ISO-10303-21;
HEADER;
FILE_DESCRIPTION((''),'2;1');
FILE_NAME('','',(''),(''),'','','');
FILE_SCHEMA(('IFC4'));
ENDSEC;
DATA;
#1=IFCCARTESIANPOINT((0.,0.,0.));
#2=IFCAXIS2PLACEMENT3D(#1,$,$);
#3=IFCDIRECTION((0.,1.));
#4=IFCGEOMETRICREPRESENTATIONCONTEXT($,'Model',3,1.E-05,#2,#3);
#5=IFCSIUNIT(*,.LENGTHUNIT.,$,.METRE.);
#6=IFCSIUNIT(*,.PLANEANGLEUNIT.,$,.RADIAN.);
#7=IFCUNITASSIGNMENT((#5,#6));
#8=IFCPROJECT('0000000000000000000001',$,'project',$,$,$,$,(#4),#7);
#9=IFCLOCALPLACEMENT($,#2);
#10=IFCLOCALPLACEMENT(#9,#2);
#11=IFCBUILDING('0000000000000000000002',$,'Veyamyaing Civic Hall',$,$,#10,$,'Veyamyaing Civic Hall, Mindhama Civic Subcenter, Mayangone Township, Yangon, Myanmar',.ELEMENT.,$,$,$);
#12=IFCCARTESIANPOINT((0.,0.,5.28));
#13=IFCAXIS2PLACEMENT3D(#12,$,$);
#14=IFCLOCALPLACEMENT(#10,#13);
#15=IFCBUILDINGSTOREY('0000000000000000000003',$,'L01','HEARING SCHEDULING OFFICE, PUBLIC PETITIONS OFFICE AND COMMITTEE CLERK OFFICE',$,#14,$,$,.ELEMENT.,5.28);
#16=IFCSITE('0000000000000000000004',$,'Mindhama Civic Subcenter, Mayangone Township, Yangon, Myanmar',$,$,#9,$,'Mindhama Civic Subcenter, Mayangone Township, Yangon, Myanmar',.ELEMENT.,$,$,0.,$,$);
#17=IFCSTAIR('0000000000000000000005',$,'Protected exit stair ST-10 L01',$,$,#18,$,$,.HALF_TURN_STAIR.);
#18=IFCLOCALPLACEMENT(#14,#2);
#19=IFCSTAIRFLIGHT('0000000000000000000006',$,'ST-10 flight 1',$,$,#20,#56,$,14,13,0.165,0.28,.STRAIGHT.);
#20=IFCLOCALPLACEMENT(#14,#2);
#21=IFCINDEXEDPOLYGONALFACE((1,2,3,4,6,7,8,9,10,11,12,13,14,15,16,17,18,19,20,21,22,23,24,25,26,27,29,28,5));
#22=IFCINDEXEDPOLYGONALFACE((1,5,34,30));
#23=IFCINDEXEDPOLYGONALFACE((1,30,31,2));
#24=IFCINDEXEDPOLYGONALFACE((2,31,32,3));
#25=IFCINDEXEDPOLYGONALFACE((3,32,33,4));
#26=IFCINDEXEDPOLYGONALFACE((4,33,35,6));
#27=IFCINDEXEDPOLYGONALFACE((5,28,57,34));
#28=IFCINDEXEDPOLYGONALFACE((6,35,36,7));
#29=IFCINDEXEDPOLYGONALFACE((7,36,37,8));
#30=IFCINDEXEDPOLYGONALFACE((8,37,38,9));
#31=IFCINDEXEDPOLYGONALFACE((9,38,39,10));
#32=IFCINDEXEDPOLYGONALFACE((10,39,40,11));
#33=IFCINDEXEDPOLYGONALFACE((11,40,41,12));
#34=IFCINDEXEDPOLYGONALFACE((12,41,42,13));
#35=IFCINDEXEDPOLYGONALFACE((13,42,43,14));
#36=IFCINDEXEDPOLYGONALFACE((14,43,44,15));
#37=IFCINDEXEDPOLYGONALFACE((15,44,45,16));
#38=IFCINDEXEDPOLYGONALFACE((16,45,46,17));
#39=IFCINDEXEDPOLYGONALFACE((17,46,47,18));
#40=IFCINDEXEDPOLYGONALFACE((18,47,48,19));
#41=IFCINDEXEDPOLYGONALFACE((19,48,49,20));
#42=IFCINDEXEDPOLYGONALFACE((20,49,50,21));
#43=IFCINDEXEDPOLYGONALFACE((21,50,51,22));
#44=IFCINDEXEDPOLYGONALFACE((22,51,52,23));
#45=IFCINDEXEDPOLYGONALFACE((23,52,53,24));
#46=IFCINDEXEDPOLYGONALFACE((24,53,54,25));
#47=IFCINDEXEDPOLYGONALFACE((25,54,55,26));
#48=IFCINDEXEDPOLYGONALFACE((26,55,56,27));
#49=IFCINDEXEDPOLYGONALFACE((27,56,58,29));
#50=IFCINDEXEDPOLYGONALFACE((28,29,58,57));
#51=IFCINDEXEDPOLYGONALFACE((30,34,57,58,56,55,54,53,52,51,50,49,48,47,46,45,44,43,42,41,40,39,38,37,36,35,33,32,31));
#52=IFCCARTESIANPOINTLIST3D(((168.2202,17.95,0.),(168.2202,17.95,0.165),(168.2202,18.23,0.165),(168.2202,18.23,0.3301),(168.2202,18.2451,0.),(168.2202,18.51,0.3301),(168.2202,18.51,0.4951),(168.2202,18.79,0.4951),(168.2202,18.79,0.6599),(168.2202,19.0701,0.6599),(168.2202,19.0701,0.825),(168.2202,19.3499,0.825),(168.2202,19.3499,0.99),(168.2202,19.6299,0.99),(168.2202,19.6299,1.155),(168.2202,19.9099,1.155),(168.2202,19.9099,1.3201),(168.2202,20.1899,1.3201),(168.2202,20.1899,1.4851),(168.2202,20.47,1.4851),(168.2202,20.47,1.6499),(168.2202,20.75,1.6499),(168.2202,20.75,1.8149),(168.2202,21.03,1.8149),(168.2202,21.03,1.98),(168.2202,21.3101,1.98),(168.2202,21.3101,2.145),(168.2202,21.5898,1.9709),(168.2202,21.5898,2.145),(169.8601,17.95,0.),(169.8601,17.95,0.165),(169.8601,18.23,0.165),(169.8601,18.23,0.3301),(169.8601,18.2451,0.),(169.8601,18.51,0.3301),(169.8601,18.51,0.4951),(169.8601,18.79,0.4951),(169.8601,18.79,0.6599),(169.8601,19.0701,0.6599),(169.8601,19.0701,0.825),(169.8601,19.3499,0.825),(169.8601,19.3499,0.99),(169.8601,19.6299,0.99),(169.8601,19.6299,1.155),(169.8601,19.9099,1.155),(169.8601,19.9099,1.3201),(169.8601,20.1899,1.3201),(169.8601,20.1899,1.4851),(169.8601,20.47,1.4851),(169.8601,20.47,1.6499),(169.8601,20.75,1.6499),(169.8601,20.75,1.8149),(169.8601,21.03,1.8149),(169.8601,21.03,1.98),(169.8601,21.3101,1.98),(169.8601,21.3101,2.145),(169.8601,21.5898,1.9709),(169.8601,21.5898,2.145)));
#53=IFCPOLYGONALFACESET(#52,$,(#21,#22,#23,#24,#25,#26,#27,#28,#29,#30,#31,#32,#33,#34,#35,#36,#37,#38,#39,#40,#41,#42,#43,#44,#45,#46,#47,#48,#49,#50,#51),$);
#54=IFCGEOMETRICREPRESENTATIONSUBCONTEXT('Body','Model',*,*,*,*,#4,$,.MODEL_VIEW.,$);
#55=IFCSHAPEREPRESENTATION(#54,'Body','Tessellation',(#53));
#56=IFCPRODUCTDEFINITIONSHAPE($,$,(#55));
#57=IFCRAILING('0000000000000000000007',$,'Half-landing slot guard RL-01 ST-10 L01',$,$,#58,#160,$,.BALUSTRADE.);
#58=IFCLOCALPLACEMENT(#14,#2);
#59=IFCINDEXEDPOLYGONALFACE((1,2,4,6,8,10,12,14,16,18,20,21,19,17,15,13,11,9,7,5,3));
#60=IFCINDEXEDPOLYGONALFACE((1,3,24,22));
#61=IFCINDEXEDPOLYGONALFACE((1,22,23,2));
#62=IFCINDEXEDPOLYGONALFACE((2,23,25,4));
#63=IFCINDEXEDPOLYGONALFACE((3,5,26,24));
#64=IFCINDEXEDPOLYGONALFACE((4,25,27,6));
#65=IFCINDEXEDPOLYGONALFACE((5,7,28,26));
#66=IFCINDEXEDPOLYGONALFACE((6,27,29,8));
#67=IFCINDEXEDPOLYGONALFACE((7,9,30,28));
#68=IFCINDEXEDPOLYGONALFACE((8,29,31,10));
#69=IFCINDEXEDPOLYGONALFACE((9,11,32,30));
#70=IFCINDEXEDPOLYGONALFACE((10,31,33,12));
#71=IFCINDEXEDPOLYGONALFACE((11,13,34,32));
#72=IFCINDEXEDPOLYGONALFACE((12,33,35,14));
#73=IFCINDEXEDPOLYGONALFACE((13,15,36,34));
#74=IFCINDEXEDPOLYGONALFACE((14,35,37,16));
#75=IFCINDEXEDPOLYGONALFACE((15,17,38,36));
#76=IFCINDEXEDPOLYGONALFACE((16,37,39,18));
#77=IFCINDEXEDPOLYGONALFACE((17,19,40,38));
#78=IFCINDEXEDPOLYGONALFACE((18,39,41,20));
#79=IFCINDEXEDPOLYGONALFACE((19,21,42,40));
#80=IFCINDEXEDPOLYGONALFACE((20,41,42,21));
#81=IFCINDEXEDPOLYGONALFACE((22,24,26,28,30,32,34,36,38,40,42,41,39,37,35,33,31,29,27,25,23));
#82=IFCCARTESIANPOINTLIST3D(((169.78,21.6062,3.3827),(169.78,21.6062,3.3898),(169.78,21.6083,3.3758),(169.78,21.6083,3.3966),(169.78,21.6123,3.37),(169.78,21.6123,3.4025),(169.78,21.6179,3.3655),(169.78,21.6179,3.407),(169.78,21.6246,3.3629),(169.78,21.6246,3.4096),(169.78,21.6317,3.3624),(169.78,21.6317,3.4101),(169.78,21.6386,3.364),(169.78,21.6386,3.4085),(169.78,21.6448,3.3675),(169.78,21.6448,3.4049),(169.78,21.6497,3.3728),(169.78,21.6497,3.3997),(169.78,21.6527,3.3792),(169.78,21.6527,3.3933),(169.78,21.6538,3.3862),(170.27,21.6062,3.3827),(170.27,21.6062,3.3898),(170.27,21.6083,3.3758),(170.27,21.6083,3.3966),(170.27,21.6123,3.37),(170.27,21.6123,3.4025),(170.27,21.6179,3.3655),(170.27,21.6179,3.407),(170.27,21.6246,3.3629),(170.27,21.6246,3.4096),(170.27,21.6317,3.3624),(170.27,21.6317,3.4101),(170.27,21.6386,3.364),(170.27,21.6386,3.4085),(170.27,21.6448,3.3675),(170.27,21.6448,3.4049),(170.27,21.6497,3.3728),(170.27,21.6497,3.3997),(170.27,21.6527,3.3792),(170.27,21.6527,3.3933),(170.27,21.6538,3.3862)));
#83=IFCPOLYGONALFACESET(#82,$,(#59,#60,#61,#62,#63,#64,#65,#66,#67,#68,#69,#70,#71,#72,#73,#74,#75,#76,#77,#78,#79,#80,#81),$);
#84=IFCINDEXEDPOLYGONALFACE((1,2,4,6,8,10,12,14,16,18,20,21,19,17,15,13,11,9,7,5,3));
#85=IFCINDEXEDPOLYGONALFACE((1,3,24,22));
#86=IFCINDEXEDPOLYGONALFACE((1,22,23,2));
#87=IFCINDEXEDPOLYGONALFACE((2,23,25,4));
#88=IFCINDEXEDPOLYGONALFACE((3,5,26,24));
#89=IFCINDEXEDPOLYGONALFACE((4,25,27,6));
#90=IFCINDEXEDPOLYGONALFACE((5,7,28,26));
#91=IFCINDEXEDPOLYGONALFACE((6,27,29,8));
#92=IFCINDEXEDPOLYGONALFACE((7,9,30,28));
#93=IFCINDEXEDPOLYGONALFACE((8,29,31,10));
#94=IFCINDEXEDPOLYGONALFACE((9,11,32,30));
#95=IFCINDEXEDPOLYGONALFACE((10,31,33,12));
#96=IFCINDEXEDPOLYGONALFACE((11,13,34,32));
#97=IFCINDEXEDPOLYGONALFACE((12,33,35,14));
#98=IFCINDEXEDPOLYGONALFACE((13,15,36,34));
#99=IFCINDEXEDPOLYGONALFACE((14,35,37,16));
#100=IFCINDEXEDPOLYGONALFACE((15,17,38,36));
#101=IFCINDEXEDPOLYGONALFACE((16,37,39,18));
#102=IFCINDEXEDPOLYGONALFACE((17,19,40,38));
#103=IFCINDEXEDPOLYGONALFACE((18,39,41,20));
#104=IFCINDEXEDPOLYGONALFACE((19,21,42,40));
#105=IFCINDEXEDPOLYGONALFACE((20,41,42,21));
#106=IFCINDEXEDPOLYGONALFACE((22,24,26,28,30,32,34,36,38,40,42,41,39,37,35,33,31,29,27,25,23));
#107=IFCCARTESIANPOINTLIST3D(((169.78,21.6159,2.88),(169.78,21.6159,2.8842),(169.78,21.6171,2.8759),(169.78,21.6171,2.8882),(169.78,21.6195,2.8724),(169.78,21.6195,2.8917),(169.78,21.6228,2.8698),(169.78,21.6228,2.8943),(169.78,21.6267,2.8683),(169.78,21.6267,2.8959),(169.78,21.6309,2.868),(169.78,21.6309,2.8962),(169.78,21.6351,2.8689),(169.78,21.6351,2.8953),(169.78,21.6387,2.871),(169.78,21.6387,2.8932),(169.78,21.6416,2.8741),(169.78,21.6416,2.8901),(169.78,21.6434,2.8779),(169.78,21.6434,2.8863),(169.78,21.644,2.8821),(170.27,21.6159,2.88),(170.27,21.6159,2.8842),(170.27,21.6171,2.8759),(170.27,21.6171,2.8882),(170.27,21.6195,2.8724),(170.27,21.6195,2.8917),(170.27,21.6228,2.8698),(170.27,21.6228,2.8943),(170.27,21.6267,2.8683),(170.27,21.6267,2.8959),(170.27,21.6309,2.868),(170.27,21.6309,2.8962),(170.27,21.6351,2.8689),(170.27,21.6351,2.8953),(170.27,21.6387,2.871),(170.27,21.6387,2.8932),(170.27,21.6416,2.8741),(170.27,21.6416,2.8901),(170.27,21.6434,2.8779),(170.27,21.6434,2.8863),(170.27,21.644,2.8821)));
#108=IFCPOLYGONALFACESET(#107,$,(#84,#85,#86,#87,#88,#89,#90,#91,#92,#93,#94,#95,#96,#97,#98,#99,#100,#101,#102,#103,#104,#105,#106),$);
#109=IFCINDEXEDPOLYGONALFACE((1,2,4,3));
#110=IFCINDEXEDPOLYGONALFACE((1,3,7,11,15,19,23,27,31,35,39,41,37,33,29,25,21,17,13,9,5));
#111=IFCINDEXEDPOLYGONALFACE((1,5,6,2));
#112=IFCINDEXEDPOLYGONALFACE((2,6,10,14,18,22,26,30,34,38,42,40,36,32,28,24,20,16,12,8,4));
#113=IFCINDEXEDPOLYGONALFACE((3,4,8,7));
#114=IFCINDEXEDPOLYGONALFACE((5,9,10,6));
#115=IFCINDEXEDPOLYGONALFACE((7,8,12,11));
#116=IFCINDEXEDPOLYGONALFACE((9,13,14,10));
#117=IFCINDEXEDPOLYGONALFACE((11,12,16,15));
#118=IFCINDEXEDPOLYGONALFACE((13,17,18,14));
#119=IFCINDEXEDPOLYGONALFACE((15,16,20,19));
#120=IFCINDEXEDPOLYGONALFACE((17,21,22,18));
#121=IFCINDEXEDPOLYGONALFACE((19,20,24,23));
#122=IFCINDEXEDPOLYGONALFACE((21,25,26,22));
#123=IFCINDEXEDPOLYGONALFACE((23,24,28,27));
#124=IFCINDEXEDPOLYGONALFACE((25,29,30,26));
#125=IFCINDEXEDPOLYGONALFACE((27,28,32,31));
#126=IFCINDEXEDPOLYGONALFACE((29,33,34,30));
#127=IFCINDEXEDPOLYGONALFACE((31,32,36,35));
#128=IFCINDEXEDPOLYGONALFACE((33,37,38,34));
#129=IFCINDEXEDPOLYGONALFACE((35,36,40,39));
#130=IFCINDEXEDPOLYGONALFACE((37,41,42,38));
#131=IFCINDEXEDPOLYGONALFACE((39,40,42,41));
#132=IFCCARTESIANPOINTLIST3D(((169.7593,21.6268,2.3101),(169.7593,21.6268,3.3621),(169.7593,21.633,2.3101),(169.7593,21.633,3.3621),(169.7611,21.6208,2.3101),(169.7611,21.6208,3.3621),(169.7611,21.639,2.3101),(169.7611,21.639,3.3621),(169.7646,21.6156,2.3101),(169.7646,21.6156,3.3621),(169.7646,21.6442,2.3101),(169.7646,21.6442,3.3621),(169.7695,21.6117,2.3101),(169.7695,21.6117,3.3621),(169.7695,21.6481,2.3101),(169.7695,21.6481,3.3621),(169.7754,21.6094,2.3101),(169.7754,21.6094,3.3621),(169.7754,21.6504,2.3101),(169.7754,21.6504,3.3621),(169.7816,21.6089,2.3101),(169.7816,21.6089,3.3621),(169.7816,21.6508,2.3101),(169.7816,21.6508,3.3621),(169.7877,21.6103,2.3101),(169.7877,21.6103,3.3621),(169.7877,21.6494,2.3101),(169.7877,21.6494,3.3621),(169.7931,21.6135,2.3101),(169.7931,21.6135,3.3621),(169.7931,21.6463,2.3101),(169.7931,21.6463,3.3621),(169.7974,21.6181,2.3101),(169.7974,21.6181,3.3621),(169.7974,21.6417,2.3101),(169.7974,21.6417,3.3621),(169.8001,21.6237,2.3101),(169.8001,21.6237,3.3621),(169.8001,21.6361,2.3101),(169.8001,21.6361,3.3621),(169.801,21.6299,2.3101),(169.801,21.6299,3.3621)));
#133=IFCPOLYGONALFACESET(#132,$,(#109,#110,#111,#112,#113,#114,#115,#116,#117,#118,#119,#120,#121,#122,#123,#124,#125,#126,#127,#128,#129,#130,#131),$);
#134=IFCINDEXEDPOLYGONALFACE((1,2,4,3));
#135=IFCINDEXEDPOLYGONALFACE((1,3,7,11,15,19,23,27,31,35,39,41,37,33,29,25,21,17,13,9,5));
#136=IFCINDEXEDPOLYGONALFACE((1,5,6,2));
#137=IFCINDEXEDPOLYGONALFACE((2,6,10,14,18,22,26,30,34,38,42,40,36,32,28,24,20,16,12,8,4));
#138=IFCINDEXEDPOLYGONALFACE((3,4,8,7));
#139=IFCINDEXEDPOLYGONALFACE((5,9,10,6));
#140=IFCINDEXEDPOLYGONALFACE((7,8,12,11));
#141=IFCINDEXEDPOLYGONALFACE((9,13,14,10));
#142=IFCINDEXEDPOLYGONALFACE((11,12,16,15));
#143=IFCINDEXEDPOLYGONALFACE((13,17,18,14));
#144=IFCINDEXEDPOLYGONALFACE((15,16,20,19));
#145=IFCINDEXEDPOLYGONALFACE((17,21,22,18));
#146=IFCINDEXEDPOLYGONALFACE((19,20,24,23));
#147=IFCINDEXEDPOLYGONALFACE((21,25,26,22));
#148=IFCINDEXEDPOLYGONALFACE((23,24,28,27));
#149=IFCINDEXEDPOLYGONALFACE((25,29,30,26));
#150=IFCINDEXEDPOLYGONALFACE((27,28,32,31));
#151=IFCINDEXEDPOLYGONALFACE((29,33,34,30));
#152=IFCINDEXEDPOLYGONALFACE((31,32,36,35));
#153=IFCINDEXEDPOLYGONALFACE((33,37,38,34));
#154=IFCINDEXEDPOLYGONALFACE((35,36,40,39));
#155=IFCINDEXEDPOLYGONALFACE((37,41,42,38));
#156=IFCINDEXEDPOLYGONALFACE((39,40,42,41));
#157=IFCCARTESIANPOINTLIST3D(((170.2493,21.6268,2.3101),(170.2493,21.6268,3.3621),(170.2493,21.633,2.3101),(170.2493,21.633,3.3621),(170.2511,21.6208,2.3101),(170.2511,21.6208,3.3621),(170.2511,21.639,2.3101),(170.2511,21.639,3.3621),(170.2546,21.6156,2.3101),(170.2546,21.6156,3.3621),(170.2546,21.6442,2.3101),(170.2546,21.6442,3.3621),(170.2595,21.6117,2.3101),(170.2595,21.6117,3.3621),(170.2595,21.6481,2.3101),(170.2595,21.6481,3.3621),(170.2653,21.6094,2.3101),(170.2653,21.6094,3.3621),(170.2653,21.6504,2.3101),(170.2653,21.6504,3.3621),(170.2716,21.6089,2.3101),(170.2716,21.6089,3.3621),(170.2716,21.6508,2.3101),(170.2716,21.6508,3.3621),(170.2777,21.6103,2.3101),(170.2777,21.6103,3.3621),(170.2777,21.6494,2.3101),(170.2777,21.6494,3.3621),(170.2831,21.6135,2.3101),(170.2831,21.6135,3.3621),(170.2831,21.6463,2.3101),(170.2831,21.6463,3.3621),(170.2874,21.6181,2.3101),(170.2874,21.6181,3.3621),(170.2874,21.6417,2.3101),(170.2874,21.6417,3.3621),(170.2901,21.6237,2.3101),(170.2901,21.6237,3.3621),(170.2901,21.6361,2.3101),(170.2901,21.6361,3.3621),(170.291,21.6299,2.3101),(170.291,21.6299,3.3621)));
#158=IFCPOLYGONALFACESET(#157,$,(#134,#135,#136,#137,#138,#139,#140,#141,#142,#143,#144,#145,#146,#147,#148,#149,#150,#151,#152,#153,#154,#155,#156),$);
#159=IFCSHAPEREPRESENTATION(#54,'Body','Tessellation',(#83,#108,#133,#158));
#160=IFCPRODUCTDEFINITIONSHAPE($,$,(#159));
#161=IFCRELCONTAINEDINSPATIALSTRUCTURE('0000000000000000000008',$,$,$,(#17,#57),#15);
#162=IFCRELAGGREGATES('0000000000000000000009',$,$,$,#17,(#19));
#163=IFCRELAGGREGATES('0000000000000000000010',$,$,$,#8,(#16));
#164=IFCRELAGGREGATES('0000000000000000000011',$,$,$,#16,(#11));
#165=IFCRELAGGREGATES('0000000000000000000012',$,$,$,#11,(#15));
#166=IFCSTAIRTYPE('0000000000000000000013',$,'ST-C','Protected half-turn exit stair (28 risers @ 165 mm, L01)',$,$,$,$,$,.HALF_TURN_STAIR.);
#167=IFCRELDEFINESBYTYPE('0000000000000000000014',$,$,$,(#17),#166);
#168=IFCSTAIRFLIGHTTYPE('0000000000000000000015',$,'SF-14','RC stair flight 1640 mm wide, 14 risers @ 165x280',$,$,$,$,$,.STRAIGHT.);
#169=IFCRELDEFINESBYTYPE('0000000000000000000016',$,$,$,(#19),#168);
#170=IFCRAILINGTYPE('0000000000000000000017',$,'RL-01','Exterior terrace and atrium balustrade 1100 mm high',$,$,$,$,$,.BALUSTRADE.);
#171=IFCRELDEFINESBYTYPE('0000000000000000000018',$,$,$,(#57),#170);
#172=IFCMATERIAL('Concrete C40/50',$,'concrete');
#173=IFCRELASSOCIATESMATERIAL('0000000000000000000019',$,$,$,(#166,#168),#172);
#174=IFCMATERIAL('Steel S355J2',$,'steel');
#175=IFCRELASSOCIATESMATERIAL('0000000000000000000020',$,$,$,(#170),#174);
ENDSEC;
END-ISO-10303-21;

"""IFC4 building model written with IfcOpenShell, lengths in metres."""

from ifc_helpers import new_model, si_unit, direction, frame, origin, origin_2d, place, context, subcontext, project, spatial, polyline, circle, outline, extrude, material, type_object, element, aggregate, save


model = new_model("IFC4")

# Units and contexts
model_context = context("Model", 3, precision=1e-05, world=origin(), true_north=direction((0.0, 1.0)))
body_context = subcontext(model_context, "Body", "Model", "MODEL_VIEW")
ifc_project = project(units=[si_unit("LENGTHUNIT", "METRE"), si_unit("PLANEANGLEUNIT", "RADIAN")], contexts=[model_context])

# Site, building, storey
site_placement = place(None, origin())
site = spatial("IfcSite", under=ifc_project, at=site_placement, Name="Mindhama Civic Subcenter, Mayangone Township, Yangon, Myanmar", LongName="Mindhama Civic Subcenter, Mayangone Township, Yangon, Myanmar", CompositionType="ELEMENT", RefElevation=0.0)
building_placement = place(site_placement, origin())
building = spatial("IfcBuilding", under=site, at=building_placement, Name="Veyamyaing Civic Hall", LongName="Veyamyaing Civic Hall, Mindhama Civic Subcenter, Mayangone Township, Yangon, Myanmar", CompositionType="ELEMENT")
storey_placement = place(building_placement, frame((0.0, 0.0, 5.28)))
storey = spatial("IfcBuildingStorey", under=building, at=storey_placement, Name="L01", Description="HEARING SCHEDULING OFFICE, PUBLIC PETITIONS OFFICE AND COMMITTEE CLERK OFFICE", CompositionType="ELEMENT", Elevation=5.28)

# Shared definitions
ifc_material_1 = material(Name="Concrete C40/50", Category="concrete")

# Stair, stair flight
stair_type = type_object("IfcStairType", Name="ST-C", Description="Protected half-turn exit stair (28 risers @ 165 mm, L01)", PredefinedType="HALF_TURN_STAIR", material=ifc_material_1)
stair_placement = place(storey_placement, origin())
stair = element("IfcStair", 1, at=stair_placement, inside=storey, type_object=stair_type, Name="Protected exit stair ST-10 L01", PredefinedType="HALF_TURN_STAIR")
stair_flight_type = type_object("IfcStairFlightType", Name="SF-14", Description="RC stair flight 1640 mm wide, 14 risers @ 165x280", PredefinedType="STRAIGHT", material=ifc_material_1)
stair_flight_placement = place(storey_placement, frame((169.04, 17.95, 0.0), z_axis=(0.0, 0.0, 1.0), x_axis=(0.0, 1.0, 0.0)))
stair_flight = element("IfcStairFlight", 2, at=stair_flight_placement, type_object=stair_flight_type, Name="ST-10 flight 1", NumberOfRisers=14, NumberOfTreads=13, PredefinedType="STRAIGHT", RiserHeight=0.165, TreadLength=0.28, context=body_context, shape_type="SweptSolid", body=[
    extrude(outline(polyline([(0.0, 0.0), (0.0, 0.165), (0.28, 0.165), (0.28, 0.3301), (0.5601, 0.3301), (0.5601, 0.4951), (0.8401, 0.4951), (0.8401, 0.6599), (1.1201, 0.6599), (1.1201, 0.825), (1.3999, 0.825), (1.3999, 0.99), (1.6799, 0.99), (1.6799, 1.155), (1.96, 1.155), (1.96, 1.3201), (2.24, 1.3201), (2.24, 1.4851), (2.52, 1.4851), (2.52, 1.6499), (2.8, 1.6499), (2.8, 1.8149), (3.0801, 1.8149), (3.0801, 1.98), (3.3601, 1.98), (3.3601, 2.145), (3.6399, 2.145), (3.6399, 2.3101), (3.6399, 1.9709), (0.2952, 0.0), (0.0, 0.0)])), frame((0.0, 0.8198, 0.0), z_axis=(0.0, -1.0, 0.0), x_axis=(1.0, 0.0, 0.0)), (0.0, 0.0, 1.0), 1.6399),
])
aggregate(stair, [stair_flight])

# Railing
ifc_material_2 = material(Name="Steel S355J2", Category="steel")
railing_type_1 = type_object("IfcRailingType", Name="RL-01", Description="Exterior terrace and atrium balustrade 1100 mm high", PredefinedType="BALUSTRADE", material=ifc_material_2)
railing_1_placement = place(storey_placement, frame((169.78, 21.6299, 2.3101)))
element("IfcRailing", 3, at=railing_1_placement, inside=storey, type_object=railing_type_1, Name="Half-landing slot guard RL-01 ST-10 L01", PredefinedType="BALUSTRADE", context=body_context, shape_type="SweptSolid", body=[
    extrude(circle(Radius=0.0239, at=origin_2d()), frame((0.0, 0.0, 1.0762), z_axis=(1.0, 0.0, 0.0), x_axis=(0.0, 1.0, 0.0)), (0.0, 0.0, 1.0), 0.49),
    extrude(circle(Radius=0.0142, at=origin_2d()), frame((0.0, 0.0, 0.572), z_axis=(1.0, 0.0, 0.0), x_axis=(0.0, 1.0, 0.0)), (0.0, 0.0, 1.0), 0.49),
    extrude(circle(Radius=0.021, at=origin_2d()), origin(), (0.0, 0.0, 1.0), 1.052),
    extrude(circle(Radius=0.021, at=origin_2d()), frame((0.49, 0.0, 0.0)), (0.0, 0.0, 1.0), 1.052),
])

save(model, "model.ifc")
